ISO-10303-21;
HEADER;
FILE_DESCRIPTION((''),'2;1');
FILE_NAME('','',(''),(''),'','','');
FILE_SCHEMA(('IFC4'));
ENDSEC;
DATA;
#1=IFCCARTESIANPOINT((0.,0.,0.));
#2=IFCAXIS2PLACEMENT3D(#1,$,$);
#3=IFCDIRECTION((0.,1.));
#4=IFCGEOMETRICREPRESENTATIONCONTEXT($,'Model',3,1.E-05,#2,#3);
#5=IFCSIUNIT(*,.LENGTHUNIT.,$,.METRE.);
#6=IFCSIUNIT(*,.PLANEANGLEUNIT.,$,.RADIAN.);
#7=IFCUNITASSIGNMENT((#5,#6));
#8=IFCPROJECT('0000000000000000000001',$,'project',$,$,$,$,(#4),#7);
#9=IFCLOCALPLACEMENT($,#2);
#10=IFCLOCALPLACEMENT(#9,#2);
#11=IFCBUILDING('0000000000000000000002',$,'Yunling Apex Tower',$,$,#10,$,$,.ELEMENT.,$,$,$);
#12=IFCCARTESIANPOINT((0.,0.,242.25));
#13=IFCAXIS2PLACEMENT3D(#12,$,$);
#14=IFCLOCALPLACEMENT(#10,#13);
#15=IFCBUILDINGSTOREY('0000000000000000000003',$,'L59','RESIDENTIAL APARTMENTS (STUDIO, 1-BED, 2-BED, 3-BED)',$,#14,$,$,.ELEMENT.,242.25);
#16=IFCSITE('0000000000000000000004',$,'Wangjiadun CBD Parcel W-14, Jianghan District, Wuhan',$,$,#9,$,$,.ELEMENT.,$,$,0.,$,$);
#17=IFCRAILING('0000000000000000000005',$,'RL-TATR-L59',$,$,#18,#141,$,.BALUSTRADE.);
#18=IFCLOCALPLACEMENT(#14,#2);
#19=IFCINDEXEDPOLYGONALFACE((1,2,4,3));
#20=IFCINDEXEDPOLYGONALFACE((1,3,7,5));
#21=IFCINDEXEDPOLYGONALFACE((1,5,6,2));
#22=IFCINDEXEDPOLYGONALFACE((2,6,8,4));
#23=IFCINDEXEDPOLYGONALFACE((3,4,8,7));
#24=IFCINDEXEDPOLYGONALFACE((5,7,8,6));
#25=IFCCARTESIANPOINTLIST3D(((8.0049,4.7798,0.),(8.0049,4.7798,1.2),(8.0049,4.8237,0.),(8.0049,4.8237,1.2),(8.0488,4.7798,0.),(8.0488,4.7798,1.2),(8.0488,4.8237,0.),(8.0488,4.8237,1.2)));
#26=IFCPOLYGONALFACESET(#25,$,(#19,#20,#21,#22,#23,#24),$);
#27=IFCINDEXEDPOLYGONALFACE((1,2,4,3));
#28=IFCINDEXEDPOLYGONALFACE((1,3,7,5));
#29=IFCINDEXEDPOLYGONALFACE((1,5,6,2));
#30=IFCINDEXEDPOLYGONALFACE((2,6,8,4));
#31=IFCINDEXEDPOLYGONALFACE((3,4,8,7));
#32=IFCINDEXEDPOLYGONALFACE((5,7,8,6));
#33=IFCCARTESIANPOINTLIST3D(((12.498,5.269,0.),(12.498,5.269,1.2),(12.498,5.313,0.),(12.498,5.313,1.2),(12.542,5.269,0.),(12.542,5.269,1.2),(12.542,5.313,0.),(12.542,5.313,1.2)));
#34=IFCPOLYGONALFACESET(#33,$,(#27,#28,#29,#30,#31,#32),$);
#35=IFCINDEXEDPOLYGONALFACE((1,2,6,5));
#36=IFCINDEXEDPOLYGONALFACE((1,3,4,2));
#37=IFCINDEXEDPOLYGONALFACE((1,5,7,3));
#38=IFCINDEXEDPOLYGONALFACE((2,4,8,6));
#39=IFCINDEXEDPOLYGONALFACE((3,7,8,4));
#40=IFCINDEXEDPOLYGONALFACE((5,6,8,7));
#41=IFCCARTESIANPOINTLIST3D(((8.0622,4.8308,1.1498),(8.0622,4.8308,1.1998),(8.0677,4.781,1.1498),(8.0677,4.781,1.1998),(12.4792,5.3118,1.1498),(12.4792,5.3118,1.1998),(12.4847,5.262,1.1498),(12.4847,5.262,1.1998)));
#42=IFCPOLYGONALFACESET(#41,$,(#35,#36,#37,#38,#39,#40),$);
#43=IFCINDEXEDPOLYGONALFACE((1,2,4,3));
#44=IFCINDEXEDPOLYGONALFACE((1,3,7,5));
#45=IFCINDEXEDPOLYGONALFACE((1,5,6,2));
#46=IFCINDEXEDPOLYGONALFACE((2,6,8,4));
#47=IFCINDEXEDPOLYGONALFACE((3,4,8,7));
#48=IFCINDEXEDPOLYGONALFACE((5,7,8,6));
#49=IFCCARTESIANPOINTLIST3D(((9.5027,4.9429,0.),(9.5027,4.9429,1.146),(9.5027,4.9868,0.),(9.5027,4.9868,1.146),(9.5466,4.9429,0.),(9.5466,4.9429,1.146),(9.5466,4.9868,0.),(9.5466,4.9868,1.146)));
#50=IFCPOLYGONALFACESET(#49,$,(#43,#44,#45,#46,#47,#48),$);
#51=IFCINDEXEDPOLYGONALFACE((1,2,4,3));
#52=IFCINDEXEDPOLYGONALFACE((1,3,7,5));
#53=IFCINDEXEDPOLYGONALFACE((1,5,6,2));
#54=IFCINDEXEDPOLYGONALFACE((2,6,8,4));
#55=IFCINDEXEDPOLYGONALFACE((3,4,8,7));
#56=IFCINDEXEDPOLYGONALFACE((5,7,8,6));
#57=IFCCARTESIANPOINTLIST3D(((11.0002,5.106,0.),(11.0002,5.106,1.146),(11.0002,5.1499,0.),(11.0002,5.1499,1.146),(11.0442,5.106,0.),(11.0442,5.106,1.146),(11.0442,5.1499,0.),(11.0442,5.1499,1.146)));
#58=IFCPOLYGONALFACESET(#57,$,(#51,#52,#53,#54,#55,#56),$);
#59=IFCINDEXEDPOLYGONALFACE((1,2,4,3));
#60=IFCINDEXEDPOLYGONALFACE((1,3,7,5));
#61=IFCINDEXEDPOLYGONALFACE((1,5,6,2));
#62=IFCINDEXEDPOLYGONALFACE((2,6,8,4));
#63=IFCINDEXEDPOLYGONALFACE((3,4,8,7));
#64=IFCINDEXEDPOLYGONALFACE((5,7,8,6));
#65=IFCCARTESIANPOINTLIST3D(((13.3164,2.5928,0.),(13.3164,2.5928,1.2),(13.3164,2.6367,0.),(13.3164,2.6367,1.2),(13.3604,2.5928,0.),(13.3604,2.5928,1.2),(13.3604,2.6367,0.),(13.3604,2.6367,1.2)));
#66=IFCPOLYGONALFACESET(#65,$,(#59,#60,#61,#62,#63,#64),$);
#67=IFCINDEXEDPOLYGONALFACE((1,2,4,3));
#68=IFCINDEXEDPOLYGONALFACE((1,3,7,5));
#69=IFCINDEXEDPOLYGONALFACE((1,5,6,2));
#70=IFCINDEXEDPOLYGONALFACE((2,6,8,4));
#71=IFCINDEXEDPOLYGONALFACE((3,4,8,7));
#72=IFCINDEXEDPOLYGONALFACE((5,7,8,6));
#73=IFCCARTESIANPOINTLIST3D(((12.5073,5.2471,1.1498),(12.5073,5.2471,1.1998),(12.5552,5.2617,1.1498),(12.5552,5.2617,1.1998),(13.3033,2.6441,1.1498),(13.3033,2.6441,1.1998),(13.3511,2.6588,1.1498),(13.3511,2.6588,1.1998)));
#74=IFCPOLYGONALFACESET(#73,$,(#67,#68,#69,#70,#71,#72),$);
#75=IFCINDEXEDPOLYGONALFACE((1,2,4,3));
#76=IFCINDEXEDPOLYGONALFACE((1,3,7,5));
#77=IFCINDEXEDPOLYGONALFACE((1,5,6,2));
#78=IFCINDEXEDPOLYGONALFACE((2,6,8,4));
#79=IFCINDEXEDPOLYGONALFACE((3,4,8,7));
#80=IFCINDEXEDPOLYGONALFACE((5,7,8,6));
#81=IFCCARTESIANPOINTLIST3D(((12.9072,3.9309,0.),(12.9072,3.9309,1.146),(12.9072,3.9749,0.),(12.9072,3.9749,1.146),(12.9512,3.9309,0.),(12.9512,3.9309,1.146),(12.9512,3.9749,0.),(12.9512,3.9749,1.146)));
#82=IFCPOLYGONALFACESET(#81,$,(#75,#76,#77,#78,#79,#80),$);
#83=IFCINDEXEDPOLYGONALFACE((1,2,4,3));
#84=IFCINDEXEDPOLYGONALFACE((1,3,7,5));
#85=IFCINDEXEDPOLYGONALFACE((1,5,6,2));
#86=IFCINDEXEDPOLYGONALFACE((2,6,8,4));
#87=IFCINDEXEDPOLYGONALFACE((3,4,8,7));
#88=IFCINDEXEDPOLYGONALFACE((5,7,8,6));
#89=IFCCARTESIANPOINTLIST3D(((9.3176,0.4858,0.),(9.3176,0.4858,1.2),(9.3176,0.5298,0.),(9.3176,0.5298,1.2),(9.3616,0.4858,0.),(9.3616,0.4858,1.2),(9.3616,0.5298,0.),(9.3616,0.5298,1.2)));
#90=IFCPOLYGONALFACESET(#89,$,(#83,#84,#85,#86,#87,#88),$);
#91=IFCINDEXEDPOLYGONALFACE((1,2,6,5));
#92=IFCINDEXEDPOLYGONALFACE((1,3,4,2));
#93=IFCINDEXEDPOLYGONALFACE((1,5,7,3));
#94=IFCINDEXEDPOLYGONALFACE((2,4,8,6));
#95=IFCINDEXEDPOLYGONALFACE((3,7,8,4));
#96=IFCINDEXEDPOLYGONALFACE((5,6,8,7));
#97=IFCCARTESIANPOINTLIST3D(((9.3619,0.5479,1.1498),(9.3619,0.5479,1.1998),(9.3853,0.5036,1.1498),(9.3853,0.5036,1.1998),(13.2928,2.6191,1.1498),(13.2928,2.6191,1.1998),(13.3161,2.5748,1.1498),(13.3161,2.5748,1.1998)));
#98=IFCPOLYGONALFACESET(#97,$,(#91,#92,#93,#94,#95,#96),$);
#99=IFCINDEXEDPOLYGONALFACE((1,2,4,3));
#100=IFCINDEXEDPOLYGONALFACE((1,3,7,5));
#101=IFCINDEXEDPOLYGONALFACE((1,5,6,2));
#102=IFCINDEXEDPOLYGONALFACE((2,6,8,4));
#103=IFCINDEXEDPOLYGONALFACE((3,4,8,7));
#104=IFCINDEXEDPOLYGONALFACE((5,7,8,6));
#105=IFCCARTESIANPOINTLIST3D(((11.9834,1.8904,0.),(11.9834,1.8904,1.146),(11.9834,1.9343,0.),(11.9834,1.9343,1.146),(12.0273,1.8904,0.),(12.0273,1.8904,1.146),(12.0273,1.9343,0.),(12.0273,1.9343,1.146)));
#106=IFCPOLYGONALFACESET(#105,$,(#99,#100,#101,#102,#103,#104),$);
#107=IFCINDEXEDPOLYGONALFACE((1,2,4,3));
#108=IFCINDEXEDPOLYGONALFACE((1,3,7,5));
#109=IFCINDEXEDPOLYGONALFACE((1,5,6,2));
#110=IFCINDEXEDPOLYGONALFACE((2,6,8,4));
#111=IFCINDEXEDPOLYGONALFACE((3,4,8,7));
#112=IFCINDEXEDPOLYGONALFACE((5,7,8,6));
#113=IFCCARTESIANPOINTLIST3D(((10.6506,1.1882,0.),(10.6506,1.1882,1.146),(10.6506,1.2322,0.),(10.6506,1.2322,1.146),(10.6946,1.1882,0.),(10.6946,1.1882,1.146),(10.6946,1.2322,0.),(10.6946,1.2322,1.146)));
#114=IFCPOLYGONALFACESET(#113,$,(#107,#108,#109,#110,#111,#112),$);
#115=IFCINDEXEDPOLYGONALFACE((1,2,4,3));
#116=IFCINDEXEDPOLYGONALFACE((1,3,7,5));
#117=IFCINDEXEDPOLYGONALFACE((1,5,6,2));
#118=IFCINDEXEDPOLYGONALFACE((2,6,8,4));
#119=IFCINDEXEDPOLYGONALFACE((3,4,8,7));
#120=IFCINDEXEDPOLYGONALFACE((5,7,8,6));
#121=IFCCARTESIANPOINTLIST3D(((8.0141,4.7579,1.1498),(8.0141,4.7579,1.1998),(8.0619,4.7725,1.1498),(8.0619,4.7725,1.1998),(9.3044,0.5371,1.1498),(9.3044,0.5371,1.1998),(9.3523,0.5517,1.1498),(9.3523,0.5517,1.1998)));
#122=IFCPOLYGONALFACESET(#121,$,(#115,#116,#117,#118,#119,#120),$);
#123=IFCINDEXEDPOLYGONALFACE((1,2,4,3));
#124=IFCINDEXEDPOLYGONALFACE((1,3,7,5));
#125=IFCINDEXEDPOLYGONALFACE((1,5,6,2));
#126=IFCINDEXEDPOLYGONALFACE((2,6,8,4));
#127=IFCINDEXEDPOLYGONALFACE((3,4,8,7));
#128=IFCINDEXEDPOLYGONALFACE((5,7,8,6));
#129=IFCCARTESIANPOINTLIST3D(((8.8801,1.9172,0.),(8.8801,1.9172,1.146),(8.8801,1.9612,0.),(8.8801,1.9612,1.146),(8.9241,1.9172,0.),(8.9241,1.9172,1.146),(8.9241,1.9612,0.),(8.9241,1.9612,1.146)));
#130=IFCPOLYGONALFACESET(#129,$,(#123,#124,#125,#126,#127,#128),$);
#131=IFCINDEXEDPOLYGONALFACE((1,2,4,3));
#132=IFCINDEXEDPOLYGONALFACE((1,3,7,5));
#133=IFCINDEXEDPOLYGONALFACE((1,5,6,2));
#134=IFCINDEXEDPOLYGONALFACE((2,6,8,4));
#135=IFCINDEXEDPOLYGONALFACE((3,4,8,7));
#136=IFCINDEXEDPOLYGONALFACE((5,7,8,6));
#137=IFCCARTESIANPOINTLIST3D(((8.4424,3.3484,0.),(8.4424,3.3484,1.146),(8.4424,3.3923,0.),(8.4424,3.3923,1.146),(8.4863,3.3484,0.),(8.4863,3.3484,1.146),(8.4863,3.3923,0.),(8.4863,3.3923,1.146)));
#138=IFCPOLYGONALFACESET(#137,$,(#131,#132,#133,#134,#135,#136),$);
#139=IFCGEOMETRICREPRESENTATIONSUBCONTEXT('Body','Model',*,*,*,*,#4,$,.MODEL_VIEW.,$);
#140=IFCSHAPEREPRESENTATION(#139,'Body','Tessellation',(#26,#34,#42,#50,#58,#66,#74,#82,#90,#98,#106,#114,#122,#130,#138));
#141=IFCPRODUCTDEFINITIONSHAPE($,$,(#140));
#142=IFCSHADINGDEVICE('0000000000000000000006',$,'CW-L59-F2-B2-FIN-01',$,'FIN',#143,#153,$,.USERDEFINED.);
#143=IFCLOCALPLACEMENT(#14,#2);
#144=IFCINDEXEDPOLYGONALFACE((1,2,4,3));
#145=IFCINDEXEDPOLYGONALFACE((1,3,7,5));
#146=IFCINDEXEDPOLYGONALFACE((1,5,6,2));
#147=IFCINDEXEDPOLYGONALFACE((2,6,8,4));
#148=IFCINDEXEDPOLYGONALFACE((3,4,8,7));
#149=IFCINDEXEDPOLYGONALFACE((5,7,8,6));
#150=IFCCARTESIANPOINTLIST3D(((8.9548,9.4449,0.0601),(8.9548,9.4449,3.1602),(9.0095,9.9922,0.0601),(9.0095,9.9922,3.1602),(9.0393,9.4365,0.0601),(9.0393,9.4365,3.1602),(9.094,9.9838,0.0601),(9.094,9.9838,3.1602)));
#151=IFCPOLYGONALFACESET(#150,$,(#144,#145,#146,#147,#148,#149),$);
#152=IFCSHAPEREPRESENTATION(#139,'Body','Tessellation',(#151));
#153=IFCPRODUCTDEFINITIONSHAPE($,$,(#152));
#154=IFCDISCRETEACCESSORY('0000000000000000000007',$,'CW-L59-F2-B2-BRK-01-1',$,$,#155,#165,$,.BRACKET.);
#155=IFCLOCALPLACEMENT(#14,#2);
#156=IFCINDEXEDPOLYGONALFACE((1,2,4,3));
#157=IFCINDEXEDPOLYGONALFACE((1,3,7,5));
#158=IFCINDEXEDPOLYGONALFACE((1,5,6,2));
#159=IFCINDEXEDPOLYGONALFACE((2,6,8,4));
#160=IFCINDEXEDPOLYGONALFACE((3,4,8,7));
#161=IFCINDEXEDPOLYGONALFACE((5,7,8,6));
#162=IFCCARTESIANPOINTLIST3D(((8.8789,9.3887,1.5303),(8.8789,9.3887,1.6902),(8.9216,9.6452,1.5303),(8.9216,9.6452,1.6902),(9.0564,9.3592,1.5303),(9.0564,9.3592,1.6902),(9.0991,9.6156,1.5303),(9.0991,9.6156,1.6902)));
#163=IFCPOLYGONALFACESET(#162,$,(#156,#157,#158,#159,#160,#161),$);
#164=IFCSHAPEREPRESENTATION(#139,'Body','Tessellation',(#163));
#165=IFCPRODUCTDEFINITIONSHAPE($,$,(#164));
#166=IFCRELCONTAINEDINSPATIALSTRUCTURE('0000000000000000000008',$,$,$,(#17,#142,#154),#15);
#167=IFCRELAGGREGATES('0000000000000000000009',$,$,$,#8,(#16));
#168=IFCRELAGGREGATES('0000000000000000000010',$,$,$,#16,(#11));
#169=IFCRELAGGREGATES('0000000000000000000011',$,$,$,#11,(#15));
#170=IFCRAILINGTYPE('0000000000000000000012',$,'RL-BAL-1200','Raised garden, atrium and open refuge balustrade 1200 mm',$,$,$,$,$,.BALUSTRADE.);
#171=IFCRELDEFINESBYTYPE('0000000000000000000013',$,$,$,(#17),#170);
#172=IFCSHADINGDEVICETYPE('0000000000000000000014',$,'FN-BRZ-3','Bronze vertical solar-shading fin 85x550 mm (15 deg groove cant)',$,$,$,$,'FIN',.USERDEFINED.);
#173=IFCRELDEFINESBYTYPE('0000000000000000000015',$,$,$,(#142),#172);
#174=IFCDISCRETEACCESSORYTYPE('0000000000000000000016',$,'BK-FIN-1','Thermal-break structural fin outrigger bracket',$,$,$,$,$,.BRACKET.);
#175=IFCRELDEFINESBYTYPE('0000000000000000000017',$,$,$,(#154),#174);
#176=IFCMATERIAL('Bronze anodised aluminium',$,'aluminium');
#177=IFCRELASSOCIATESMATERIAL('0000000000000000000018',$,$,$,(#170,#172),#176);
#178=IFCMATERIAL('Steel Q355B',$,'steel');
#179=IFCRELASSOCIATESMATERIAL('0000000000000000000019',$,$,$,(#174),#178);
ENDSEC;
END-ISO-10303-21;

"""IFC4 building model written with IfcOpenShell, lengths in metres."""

from ifc_helpers import new_model, si_unit, direction, frame, origin, origin_2d, place, context, subcontext, project, spatial, rectangle, extrude, source, transform, mapped, material, material_profile, profile_set, type_object, element, save


model = new_model("IFC4")

# Units and contexts
model_context = context("Model", 3, precision=1e-05, world=origin(), true_north=direction((0.0, 1.0)))
body_context = subcontext(model_context, "Body", "Model", "MODEL_VIEW")
ifc_project = project(units=[si_unit("LENGTHUNIT", "METRE"), si_unit("PLANEANGLEUNIT", "RADIAN")], contexts=[model_context])

# Site, building, storey
site_placement = place(None, origin())
site = spatial("IfcSite", under=ifc_project, at=site_placement, Name="Wangjiadun CBD Parcel W-14, Jianghan District, Wuhan", CompositionType="ELEMENT", RefElevation=0.0)
building_placement = place(site_placement, origin())
building = spatial("IfcBuilding", under=site, at=building_placement, Name="Yunling Apex Tower", CompositionType="ELEMENT")
storey_placement = place(building_placement, frame((0.0, 0.0, 242.25)))
storey = spatial("IfcBuildingStorey", under=building, at=storey_placement, Name="L59", Description="RESIDENTIAL APARTMENTS (STUDIO, 1-BED, 2-BED, 3-BED)", CompositionType="ELEMENT", Elevation=242.25)

# Shared definitions
ifc_material_1 = material(Name="Steel Q355B", Category="steel")

# Shared definitions
ifc_material_2 = material(Name="Bronze anodised aluminium", Category="aluminium")

# Railing
railing_type = type_object("IfcRailingType", Name="RL-BAL-1200", Description="Raised garden, atrium and open refuge balustrade 1200 mm", PredefinedType="BALUSTRADE", material=ifc_material_2)
railing_1_placement = place(storey_placement, frame((8.0269, 4.8018, 0.0)))
element("IfcRailing", 1, at=railing_1_placement, inside=storey, type_object=railing_type, Name="RL-TATR-L59", PredefinedType="BALUSTRADE", context=body_context, shape_type="SweptSolid", body=[
    extrude(rectangle(XDim=0.0439, YDim=0.0439, at=origin_2d()), origin(), (0.0, 0.0, 1.0), 1.2),
    extrude(rectangle(XDim=0.0439, YDim=0.0439, at=origin_2d()), frame((4.4932, 0.4893, 0.0)), (0.0, 0.0, 1.0), 1.2),
    extrude(rectangle(XDim=0.05, YDim=0.05, at=origin_2d()), frame((0.0381, 0.0042, 1.1748), z_axis=(0.994124, 0.10825, 0.0), x_axis=(-0.10825, 0.994124, 0.0)), (0.0, 0.0, 1.0), 4.4431),
    extrude(rectangle(XDim=0.0439, YDim=0.0439, at=origin_2d()), frame((1.4978, 0.1631, 0.0)), (0.0, 0.0, 1.0), 1.146),
    extrude(rectangle(XDim=0.0439, YDim=0.0439, at=origin_2d()), frame((2.9954, 0.3262, 0.0)), (0.0, 0.0, 1.0), 1.146),
    extrude(rectangle(XDim=0.0439, YDim=0.0439, at=origin_2d()), frame((5.3115, -2.187, 0.0)), (0.0, 0.0, 1.0), 1.2),
    extrude(rectangle(XDim=0.05, YDim=0.05, at=origin_2d()), frame((4.5044, 0.4526, 1.1748), z_axis=(0.292418, -0.956291, 0.0), x_axis=(0.956291, 0.292418, 0.0)), (0.0, 0.0, 1.0), 2.7219),
    extrude(rectangle(XDim=0.0439, YDim=0.0439, at=origin_2d()), frame((4.9023, -0.8489, 0.0)), (0.0, 0.0, 1.0), 1.146),
    extrude(rectangle(XDim=0.0439, YDim=0.0439, at=origin_2d()), frame((1.3127, -4.2939, 0.0)), (0.0, 0.0, 1.0), 1.2),
    extrude(rectangle(XDim=0.05, YDim=0.05, at=origin_2d()), frame((5.2776, -2.2048, 1.1748), z_axis=(-0.884707, -0.466147, 0.0), x_axis=(0.466147, -0.884707, 0.0)), (0.0, 0.0, 1.0), 4.4431),
    extrude(rectangle(XDim=0.0439, YDim=0.0439, at=origin_2d()), frame((3.9785, -2.8894, 0.0)), (0.0, 0.0, 1.0), 1.146),
    extrude(rectangle(XDim=0.0439, YDim=0.0439, at=origin_2d()), frame((2.6458, -3.5916, 0.0)), (0.0, 0.0, 1.0), 1.146),
    extrude(rectangle(XDim=0.05, YDim=0.05, at=origin_2d()), frame((1.3015, -4.2573, 1.1748), z_axis=(-0.292362, 0.956308, 0.0), x_axis=(-0.956308, -0.292362, 0.0)), (0.0, 0.0, 1.0), 4.4136),
    extrude(rectangle(XDim=0.0439, YDim=0.0439, at=origin_2d()), frame((0.8752, -2.8625, 0.0)), (0.0, 0.0, 1.0), 1.146),
    extrude(rectangle(XDim=0.0439, YDim=0.0439, at=origin_2d()), frame((0.4375, -1.4314, 0.0)), (0.0, 0.0, 1.0), 1.146),
])

# Shading device
ifc_material_profile_1 = material_profile(ifc_material_2, rectangle(XDim=0.085, YDim=0.55, at=origin_2d()))
ifc_profile_set_1 = profile_set([ifc_material_profile_1], Name="Bronze anodised aluminium")
shading_device_type = type_object("IfcShadingDeviceType", Name="FN-BRZ-3", Description="Bronze vertical solar-shading fin 85x550 mm (15 deg groove cant)", ElementType="FIN", PredefinedType="USERDEFINED", material=ifc_profile_set_1)
shared_shape_1 = source(origin(), body_context, "Body", "SweptSolid", [
    extrude(rectangle(XDim=0.085, YDim=0.55, at=origin_2d()), origin(), (0.0, 0.0, 1.0), 3.1001),
])
shading_device_placement = place(storey_placement, frame((9.0244, 9.7144, 0.0601), z_axis=(0.0, 0.0, 1.0), x_axis=(-0.995038, 0.099493, 0.0)))
element("IfcShadingDevice", 2, at=shading_device_placement, inside=storey, type_object=shading_device_type, Name="CW-L59-F2-B2-FIN-01", ObjectType="FIN", PredefinedType="USERDEFINED", context=body_context, shape_type="MappedRepresentation", body=[
    mapped(shared_shape_1, transform((0.0, 0.0, 0.0), scale=1.0)),
])

# Discrete accessory
discrete_accessory_type = type_object("IfcDiscreteAccessoryType", Name="BK-FIN-1", Description="Thermal-break structural fin outrigger bracket", PredefinedType="BRACKET", material=ifc_material_1)
shared_shape_2 = source(origin(), body_context, "Body", "SweptSolid", [
    extrude(rectangle(XDim=0.1799, YDim=0.26, at=origin_2d()), origin(), (0.0, 0.0, 1.0), 0.1599),
])
discrete_accessory_placement = place(storey_placement, frame((8.989, 9.5022, 1.5303), z_axis=(0.0, 0.0, 1.0), x_axis=(-0.986401, 0.164359, 0.0)))
element("IfcDiscreteAccessory", 3, at=discrete_accessory_placement, inside=storey, type_object=discrete_accessory_type, Name="CW-L59-F2-B2-BRK-01-1", PredefinedType="BRACKET", context=body_context, shape_type="MappedRepresentation", body=[
    mapped(shared_shape_2, transform((0.0, 0.0, 0.0), scale=1.0)),
])

save(model, "model.ifc")
